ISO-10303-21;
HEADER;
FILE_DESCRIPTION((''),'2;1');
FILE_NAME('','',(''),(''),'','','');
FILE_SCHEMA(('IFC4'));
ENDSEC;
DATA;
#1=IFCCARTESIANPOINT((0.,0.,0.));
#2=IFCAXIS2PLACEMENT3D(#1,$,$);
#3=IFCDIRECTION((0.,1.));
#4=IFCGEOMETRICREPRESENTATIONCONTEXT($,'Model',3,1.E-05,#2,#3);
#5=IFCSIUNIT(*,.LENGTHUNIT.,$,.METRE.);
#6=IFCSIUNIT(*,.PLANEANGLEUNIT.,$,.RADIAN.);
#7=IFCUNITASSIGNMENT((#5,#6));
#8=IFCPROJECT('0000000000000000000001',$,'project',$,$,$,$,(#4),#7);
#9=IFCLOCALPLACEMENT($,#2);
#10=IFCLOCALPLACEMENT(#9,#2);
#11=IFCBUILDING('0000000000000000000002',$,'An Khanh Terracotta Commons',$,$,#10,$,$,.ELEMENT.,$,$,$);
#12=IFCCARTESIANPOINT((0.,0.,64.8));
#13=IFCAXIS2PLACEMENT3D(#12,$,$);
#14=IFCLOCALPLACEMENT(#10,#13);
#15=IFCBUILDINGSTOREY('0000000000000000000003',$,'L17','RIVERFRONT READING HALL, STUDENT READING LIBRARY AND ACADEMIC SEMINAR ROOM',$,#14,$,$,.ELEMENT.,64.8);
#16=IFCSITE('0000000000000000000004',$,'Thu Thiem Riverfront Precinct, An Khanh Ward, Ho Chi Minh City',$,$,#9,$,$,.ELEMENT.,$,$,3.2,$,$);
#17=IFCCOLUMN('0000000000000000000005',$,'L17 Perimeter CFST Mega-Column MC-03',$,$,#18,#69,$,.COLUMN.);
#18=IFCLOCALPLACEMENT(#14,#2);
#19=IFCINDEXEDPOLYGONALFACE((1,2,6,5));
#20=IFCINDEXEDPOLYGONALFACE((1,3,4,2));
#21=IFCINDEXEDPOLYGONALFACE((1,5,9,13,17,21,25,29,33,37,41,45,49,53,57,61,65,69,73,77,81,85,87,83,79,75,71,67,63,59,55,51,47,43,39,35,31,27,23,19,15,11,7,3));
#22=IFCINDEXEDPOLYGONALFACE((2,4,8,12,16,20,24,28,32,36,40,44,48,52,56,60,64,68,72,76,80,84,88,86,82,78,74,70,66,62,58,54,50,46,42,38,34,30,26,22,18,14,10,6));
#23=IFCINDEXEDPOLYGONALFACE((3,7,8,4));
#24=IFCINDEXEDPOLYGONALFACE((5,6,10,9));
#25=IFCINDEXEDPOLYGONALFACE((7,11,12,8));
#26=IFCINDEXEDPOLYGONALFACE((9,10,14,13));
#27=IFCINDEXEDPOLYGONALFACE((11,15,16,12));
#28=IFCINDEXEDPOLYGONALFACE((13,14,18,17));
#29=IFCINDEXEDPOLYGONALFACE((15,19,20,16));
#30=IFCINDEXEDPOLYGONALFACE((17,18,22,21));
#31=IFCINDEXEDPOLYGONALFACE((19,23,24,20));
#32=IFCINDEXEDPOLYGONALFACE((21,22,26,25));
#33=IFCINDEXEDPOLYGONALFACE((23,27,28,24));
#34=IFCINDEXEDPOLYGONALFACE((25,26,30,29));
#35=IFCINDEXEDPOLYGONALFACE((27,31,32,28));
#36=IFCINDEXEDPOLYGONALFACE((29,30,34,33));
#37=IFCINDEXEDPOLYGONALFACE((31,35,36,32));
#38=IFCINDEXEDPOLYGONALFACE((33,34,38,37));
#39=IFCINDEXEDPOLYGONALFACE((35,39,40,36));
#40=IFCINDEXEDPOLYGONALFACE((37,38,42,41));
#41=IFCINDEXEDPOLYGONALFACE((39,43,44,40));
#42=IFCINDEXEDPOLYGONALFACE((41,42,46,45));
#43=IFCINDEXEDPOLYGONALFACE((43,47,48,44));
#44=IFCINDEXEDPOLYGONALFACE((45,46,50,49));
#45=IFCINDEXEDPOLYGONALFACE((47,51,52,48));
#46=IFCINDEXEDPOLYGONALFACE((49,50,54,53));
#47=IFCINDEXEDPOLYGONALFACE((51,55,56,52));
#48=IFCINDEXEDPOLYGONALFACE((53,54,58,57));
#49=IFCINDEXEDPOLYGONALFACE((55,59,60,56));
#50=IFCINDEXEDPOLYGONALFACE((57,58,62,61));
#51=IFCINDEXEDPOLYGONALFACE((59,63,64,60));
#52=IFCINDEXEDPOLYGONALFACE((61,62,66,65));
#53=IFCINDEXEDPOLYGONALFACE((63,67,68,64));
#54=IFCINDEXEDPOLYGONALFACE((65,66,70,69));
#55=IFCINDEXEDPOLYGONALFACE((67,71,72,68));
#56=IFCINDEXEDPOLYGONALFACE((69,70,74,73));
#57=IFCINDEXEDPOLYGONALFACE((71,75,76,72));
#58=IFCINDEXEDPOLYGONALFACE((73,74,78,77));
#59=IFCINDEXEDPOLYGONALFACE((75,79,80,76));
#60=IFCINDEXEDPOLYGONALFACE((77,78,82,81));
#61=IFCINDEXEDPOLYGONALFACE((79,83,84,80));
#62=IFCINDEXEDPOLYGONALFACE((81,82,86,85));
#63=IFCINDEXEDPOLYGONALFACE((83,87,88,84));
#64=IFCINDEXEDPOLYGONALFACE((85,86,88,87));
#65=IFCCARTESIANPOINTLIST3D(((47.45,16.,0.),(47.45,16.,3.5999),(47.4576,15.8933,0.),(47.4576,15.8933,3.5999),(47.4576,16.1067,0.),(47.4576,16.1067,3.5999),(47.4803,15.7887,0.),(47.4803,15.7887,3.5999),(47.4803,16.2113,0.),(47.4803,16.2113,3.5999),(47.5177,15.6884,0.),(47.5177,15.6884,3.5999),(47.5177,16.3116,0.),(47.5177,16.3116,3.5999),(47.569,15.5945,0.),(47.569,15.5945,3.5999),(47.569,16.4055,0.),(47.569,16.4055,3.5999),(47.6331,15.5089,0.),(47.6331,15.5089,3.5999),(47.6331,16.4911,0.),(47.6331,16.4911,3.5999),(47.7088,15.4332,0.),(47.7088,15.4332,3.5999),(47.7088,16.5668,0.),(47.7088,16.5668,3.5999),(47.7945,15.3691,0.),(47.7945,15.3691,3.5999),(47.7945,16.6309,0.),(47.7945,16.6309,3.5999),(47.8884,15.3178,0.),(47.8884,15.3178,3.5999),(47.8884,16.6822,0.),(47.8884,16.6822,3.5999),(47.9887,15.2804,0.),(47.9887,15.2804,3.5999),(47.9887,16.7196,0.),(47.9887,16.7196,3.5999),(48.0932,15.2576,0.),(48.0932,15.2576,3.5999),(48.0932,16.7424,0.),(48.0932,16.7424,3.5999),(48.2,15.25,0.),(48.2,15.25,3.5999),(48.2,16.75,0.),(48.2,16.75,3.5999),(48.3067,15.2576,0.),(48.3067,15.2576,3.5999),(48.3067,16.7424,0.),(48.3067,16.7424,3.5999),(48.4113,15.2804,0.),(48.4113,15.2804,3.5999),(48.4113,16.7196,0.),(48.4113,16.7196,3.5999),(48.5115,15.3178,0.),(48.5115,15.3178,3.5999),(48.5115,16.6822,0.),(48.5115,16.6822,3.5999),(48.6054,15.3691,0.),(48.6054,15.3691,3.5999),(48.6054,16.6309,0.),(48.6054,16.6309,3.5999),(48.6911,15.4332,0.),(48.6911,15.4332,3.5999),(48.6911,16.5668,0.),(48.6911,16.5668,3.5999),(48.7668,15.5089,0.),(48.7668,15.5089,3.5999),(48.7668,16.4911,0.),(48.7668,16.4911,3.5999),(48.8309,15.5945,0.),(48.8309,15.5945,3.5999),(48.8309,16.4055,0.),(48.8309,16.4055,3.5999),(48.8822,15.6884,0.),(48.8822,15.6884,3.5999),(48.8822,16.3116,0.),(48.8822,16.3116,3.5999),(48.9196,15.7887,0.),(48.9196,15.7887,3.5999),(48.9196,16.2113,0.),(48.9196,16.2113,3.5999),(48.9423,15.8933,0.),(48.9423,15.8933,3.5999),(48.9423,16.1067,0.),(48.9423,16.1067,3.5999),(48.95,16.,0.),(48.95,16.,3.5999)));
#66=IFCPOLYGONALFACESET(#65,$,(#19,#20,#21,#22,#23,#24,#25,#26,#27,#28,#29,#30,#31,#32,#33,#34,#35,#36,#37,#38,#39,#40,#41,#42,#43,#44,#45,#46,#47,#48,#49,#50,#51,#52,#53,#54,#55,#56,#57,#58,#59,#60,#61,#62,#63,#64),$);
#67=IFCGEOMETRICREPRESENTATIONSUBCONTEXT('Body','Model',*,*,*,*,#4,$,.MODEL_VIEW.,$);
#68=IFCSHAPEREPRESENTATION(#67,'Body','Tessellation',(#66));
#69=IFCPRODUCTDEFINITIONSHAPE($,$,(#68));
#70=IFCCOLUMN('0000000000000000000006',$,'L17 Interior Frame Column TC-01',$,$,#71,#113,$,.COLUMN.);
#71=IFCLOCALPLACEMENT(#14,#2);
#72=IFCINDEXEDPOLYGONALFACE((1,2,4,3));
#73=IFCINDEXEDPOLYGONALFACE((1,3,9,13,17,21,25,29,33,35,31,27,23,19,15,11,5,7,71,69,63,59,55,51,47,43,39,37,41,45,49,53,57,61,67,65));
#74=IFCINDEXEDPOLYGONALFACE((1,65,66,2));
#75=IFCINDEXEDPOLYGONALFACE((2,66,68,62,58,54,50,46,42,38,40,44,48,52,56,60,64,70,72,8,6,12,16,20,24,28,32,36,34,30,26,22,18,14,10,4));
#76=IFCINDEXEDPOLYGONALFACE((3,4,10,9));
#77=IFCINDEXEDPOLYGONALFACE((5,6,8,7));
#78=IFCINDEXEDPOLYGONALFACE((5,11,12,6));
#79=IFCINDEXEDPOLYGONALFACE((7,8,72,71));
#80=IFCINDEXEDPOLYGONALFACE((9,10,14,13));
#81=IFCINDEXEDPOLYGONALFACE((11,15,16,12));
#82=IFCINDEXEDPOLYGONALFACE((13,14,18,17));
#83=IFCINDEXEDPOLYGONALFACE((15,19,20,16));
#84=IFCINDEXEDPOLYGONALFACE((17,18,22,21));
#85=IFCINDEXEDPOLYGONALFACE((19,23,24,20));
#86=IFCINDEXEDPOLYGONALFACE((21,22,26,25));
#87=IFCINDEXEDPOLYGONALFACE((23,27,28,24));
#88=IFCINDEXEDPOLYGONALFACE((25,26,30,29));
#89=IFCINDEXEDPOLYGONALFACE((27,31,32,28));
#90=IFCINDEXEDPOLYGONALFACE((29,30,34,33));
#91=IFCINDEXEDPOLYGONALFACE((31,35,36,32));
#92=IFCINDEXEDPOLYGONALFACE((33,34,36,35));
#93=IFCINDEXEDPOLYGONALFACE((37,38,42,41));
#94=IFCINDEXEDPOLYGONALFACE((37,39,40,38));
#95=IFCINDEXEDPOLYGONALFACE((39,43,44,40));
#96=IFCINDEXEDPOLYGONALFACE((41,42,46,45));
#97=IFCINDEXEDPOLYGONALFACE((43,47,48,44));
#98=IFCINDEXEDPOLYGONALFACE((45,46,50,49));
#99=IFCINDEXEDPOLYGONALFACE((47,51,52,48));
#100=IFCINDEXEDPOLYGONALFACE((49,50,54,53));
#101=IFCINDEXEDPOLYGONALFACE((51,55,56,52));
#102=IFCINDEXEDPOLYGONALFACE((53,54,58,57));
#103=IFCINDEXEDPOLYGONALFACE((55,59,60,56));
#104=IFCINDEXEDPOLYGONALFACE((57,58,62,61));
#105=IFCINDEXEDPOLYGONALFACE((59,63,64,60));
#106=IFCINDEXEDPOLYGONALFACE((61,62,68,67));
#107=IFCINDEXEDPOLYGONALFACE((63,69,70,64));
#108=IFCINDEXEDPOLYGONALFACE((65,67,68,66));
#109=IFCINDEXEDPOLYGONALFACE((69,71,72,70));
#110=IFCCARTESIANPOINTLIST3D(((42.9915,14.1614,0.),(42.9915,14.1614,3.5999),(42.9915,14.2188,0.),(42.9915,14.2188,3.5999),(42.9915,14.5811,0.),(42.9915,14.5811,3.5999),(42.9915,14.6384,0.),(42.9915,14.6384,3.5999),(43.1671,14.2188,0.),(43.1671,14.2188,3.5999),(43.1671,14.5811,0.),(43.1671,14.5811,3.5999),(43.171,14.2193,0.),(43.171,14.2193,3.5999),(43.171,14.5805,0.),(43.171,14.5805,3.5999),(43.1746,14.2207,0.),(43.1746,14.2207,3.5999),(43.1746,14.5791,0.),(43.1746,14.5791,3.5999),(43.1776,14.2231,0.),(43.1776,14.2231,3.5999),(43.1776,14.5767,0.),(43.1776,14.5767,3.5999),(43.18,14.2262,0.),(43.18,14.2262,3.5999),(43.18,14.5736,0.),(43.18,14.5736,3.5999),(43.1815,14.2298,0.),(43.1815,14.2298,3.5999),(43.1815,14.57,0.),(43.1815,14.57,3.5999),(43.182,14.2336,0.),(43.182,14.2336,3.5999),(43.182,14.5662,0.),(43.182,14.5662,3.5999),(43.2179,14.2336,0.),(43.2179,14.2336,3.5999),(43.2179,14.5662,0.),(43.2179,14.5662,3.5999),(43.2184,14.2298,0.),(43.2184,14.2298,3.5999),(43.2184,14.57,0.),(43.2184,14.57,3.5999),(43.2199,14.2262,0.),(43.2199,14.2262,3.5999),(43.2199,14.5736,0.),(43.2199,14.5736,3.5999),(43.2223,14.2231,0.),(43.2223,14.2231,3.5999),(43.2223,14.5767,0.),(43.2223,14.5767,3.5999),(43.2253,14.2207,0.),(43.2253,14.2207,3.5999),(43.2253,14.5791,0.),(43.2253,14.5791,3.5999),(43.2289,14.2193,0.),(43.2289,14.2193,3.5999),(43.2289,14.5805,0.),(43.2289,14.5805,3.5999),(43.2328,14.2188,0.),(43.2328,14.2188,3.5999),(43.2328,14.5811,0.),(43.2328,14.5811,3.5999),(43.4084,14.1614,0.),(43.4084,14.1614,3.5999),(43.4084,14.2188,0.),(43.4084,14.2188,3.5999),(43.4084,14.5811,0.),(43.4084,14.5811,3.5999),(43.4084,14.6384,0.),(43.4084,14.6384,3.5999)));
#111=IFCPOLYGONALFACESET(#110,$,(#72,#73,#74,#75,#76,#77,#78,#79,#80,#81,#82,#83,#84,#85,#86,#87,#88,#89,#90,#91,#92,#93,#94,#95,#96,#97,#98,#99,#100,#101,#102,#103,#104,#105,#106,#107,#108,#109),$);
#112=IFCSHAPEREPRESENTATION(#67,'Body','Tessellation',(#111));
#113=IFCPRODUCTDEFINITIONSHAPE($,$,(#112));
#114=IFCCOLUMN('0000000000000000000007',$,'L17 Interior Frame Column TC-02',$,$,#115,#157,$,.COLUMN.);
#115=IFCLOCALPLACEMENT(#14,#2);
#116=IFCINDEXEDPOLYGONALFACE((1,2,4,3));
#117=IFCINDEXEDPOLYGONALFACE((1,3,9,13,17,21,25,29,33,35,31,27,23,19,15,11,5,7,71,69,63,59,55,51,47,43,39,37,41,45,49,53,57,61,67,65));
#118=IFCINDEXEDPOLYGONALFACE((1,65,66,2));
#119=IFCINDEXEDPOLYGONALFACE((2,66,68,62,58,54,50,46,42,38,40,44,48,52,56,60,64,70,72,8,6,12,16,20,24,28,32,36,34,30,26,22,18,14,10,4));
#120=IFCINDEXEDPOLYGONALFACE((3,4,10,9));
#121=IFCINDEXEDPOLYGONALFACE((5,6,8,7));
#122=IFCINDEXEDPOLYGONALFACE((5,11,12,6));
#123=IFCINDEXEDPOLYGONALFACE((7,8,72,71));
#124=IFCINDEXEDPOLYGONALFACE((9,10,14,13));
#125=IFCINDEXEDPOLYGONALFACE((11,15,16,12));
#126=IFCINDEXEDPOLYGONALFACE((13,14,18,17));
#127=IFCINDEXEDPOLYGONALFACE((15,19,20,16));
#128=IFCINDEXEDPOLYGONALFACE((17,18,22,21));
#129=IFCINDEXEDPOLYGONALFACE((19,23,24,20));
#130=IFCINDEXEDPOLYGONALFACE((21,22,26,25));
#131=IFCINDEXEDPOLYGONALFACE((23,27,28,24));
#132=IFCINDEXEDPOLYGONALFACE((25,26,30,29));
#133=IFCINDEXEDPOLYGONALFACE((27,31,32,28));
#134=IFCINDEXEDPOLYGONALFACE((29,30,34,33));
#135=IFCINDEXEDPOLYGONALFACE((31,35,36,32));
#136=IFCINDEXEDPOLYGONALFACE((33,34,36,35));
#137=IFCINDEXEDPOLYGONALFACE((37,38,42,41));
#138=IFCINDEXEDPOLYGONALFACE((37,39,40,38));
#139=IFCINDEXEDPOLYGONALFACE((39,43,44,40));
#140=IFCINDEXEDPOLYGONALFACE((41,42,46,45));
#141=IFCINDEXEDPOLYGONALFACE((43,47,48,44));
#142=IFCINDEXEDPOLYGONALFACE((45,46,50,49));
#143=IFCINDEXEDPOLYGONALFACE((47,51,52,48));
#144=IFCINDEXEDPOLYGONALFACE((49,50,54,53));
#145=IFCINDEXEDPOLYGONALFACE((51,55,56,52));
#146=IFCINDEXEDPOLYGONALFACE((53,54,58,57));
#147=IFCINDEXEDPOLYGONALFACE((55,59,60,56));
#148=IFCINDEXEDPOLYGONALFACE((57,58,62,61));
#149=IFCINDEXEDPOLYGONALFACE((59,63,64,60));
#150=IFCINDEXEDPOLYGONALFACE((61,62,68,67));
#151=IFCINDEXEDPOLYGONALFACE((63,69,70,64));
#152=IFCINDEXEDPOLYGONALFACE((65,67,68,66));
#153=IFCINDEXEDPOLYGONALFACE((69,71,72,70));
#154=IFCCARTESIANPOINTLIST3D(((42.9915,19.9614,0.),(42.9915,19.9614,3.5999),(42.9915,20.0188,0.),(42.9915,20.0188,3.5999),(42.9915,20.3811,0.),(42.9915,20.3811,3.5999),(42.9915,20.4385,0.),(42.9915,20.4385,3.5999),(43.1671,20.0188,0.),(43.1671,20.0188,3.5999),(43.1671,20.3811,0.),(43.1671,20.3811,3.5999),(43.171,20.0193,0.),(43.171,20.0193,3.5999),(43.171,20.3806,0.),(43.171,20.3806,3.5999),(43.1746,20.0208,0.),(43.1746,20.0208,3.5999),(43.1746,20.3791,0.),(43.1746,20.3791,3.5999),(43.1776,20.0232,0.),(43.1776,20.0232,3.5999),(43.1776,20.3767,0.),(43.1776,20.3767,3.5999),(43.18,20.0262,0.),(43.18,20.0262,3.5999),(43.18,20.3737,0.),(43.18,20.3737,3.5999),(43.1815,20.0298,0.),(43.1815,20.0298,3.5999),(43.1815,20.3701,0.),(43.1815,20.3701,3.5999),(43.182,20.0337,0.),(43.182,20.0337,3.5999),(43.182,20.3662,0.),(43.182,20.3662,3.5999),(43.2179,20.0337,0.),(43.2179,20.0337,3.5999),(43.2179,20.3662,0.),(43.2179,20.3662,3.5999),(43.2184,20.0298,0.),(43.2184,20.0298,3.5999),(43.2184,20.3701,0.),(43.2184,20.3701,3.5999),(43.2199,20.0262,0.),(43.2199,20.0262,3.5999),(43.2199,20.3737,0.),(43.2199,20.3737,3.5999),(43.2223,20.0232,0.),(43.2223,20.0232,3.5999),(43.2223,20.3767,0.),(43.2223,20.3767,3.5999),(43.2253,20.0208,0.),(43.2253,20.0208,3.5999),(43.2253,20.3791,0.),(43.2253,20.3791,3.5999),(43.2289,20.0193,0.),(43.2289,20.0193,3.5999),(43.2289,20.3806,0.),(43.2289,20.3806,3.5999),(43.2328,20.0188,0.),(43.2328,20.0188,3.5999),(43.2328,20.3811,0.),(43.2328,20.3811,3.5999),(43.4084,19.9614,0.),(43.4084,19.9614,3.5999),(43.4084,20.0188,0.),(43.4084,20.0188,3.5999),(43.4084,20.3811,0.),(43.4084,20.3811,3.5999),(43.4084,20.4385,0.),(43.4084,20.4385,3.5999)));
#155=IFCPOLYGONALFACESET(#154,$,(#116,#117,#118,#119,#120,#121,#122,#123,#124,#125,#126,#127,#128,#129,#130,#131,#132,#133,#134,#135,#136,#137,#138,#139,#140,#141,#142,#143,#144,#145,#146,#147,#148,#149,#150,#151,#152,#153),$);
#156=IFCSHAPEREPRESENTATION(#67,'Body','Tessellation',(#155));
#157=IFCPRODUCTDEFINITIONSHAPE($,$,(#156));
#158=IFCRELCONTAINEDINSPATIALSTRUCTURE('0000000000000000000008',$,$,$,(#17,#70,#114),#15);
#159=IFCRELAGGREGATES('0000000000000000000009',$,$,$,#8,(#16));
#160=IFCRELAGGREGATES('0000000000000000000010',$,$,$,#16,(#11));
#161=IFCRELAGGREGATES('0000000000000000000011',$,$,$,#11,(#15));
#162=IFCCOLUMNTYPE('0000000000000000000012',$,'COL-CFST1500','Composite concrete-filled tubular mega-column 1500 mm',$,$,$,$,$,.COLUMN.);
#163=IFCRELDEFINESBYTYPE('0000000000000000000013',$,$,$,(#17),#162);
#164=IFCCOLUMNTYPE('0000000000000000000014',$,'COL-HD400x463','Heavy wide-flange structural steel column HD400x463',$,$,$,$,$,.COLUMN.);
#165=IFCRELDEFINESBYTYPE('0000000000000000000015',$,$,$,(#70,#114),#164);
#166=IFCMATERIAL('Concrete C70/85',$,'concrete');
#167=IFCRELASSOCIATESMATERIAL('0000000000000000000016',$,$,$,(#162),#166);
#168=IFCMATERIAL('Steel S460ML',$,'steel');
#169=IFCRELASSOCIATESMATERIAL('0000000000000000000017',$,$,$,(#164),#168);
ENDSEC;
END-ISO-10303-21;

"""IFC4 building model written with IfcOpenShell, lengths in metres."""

from ifc_helpers import new_model, si_unit, direction, frame, origin, origin_2d, place, context, subcontext, project, spatial, circle, i_section, extrude, material, material_profile, profile_set, type_object, element, save


model = new_model("IFC4")

# Units and contexts
model_context = context("Model", 3, precision=1e-05, world=origin(), true_north=direction((0.0, 1.0)))
body_context = subcontext(model_context, "Body", "Model", "MODEL_VIEW")
ifc_project = project(units=[si_unit("LENGTHUNIT", "METRE"), si_unit("PLANEANGLEUNIT", "RADIAN")], contexts=[model_context])

# Site, building, storey
site_placement = place(None, origin())
site = spatial("IfcSite", under=ifc_project, at=site_placement, Name="Thu Thiem Riverfront Precinct, An Khanh Ward, Ho Chi Minh City", CompositionType="ELEMENT", RefElevation=3.2)
building_placement = place(site_placement, origin())
building = spatial("IfcBuilding", under=site, at=building_placement, Name="An Khanh Terracotta Commons", CompositionType="ELEMENT")
storey_placement = place(building_placement, frame((0.0, 0.0, 64.8)))
storey = spatial("IfcBuildingStorey", under=building, at=storey_placement, Name="L17", Description="RIVERFRONT READING HALL, STUDENT READING LIBRARY AND ACADEMIC SEMINAR ROOM", CompositionType="ELEMENT", Elevation=64.8)

# Columns
ifc_material_1 = material(Name="Concrete C70/85", Category="concrete")
ifc_material_profile_1 = material_profile(ifc_material_1, circle(Radius=0.75, at=origin_2d()), Name="CFST1500")
ifc_profile_set_1 = profile_set([ifc_material_profile_1], Name="Concrete C70/85")
column_type_1 = type_object("IfcColumnType", Name="COL-CFST1500", Description="Composite concrete-filled tubular mega-column 1500 mm", PredefinedType="COLUMN", material=ifc_profile_set_1)
column_placement = place(storey_placement, frame((48.2, 16.0, 0.0), z_axis=(0.0, 0.0, 1.0), x_axis=(1.0, 0.0, 0.0)))
element("IfcColumn", 1, at=column_placement, inside=storey, type_object=column_type_1, Name="L17 Perimeter CFST Mega-Column MC-03", PredefinedType="COLUMN", context=body_context, shape_type="SweptSolid", body=[
    extrude(circle(Radius=0.75, at=origin_2d()), origin(), (0.0, 0.0, 1.0), 3.5999),
])
ifc_material_2 = material(Name="Steel S460ML", Category="steel")
ifc_material_profile_2 = material_profile(ifc_material_2, i_section(OverallWidth=0.417, OverallDepth=0.4771, WebThickness=0.0359, FlangeThickness=0.0574, FilletRadius=0.0149, at=origin_2d()), Name="HD400x463")
ifc_profile_set_2 = profile_set([ifc_material_profile_2], Name="Steel S460ML")
column_type_2 = type_object("IfcColumnType", Name="COL-HD400x463", Description="Heavy wide-flange structural steel column HD400x463", PredefinedType="COLUMN", material=ifc_profile_set_2)
for number, where, z_axis, x_axis, name in (
    (2, (43.2, 14.3999, 0.0), (0.0, 0.0, 1.0), (1.0, 0.0, 0.0), "L17 Interior Frame Column TC-01"),
    (3, (43.2, 20.2, 0.0), (0.0, 0.0, 1.0), (1.0, 0.0, 0.0), "L17 Interior Frame Column TC-02"),
):
    element("IfcColumn", number, at=place(storey_placement, frame(where, z_axis=z_axis, x_axis=x_axis)), inside=storey, type_object=column_type_2, Name=name, PredefinedType="COLUMN", context=body_context, shape_type="SweptSolid", body=[
        extrude(i_section(OverallWidth=0.417, OverallDepth=0.4771, WebThickness=0.0359, FlangeThickness=0.0574, FilletRadius=0.0149, at=origin_2d()), origin(), (0.0, 0.0, 1.0), 3.5999),
    ])

save(model, "model.ifc")
